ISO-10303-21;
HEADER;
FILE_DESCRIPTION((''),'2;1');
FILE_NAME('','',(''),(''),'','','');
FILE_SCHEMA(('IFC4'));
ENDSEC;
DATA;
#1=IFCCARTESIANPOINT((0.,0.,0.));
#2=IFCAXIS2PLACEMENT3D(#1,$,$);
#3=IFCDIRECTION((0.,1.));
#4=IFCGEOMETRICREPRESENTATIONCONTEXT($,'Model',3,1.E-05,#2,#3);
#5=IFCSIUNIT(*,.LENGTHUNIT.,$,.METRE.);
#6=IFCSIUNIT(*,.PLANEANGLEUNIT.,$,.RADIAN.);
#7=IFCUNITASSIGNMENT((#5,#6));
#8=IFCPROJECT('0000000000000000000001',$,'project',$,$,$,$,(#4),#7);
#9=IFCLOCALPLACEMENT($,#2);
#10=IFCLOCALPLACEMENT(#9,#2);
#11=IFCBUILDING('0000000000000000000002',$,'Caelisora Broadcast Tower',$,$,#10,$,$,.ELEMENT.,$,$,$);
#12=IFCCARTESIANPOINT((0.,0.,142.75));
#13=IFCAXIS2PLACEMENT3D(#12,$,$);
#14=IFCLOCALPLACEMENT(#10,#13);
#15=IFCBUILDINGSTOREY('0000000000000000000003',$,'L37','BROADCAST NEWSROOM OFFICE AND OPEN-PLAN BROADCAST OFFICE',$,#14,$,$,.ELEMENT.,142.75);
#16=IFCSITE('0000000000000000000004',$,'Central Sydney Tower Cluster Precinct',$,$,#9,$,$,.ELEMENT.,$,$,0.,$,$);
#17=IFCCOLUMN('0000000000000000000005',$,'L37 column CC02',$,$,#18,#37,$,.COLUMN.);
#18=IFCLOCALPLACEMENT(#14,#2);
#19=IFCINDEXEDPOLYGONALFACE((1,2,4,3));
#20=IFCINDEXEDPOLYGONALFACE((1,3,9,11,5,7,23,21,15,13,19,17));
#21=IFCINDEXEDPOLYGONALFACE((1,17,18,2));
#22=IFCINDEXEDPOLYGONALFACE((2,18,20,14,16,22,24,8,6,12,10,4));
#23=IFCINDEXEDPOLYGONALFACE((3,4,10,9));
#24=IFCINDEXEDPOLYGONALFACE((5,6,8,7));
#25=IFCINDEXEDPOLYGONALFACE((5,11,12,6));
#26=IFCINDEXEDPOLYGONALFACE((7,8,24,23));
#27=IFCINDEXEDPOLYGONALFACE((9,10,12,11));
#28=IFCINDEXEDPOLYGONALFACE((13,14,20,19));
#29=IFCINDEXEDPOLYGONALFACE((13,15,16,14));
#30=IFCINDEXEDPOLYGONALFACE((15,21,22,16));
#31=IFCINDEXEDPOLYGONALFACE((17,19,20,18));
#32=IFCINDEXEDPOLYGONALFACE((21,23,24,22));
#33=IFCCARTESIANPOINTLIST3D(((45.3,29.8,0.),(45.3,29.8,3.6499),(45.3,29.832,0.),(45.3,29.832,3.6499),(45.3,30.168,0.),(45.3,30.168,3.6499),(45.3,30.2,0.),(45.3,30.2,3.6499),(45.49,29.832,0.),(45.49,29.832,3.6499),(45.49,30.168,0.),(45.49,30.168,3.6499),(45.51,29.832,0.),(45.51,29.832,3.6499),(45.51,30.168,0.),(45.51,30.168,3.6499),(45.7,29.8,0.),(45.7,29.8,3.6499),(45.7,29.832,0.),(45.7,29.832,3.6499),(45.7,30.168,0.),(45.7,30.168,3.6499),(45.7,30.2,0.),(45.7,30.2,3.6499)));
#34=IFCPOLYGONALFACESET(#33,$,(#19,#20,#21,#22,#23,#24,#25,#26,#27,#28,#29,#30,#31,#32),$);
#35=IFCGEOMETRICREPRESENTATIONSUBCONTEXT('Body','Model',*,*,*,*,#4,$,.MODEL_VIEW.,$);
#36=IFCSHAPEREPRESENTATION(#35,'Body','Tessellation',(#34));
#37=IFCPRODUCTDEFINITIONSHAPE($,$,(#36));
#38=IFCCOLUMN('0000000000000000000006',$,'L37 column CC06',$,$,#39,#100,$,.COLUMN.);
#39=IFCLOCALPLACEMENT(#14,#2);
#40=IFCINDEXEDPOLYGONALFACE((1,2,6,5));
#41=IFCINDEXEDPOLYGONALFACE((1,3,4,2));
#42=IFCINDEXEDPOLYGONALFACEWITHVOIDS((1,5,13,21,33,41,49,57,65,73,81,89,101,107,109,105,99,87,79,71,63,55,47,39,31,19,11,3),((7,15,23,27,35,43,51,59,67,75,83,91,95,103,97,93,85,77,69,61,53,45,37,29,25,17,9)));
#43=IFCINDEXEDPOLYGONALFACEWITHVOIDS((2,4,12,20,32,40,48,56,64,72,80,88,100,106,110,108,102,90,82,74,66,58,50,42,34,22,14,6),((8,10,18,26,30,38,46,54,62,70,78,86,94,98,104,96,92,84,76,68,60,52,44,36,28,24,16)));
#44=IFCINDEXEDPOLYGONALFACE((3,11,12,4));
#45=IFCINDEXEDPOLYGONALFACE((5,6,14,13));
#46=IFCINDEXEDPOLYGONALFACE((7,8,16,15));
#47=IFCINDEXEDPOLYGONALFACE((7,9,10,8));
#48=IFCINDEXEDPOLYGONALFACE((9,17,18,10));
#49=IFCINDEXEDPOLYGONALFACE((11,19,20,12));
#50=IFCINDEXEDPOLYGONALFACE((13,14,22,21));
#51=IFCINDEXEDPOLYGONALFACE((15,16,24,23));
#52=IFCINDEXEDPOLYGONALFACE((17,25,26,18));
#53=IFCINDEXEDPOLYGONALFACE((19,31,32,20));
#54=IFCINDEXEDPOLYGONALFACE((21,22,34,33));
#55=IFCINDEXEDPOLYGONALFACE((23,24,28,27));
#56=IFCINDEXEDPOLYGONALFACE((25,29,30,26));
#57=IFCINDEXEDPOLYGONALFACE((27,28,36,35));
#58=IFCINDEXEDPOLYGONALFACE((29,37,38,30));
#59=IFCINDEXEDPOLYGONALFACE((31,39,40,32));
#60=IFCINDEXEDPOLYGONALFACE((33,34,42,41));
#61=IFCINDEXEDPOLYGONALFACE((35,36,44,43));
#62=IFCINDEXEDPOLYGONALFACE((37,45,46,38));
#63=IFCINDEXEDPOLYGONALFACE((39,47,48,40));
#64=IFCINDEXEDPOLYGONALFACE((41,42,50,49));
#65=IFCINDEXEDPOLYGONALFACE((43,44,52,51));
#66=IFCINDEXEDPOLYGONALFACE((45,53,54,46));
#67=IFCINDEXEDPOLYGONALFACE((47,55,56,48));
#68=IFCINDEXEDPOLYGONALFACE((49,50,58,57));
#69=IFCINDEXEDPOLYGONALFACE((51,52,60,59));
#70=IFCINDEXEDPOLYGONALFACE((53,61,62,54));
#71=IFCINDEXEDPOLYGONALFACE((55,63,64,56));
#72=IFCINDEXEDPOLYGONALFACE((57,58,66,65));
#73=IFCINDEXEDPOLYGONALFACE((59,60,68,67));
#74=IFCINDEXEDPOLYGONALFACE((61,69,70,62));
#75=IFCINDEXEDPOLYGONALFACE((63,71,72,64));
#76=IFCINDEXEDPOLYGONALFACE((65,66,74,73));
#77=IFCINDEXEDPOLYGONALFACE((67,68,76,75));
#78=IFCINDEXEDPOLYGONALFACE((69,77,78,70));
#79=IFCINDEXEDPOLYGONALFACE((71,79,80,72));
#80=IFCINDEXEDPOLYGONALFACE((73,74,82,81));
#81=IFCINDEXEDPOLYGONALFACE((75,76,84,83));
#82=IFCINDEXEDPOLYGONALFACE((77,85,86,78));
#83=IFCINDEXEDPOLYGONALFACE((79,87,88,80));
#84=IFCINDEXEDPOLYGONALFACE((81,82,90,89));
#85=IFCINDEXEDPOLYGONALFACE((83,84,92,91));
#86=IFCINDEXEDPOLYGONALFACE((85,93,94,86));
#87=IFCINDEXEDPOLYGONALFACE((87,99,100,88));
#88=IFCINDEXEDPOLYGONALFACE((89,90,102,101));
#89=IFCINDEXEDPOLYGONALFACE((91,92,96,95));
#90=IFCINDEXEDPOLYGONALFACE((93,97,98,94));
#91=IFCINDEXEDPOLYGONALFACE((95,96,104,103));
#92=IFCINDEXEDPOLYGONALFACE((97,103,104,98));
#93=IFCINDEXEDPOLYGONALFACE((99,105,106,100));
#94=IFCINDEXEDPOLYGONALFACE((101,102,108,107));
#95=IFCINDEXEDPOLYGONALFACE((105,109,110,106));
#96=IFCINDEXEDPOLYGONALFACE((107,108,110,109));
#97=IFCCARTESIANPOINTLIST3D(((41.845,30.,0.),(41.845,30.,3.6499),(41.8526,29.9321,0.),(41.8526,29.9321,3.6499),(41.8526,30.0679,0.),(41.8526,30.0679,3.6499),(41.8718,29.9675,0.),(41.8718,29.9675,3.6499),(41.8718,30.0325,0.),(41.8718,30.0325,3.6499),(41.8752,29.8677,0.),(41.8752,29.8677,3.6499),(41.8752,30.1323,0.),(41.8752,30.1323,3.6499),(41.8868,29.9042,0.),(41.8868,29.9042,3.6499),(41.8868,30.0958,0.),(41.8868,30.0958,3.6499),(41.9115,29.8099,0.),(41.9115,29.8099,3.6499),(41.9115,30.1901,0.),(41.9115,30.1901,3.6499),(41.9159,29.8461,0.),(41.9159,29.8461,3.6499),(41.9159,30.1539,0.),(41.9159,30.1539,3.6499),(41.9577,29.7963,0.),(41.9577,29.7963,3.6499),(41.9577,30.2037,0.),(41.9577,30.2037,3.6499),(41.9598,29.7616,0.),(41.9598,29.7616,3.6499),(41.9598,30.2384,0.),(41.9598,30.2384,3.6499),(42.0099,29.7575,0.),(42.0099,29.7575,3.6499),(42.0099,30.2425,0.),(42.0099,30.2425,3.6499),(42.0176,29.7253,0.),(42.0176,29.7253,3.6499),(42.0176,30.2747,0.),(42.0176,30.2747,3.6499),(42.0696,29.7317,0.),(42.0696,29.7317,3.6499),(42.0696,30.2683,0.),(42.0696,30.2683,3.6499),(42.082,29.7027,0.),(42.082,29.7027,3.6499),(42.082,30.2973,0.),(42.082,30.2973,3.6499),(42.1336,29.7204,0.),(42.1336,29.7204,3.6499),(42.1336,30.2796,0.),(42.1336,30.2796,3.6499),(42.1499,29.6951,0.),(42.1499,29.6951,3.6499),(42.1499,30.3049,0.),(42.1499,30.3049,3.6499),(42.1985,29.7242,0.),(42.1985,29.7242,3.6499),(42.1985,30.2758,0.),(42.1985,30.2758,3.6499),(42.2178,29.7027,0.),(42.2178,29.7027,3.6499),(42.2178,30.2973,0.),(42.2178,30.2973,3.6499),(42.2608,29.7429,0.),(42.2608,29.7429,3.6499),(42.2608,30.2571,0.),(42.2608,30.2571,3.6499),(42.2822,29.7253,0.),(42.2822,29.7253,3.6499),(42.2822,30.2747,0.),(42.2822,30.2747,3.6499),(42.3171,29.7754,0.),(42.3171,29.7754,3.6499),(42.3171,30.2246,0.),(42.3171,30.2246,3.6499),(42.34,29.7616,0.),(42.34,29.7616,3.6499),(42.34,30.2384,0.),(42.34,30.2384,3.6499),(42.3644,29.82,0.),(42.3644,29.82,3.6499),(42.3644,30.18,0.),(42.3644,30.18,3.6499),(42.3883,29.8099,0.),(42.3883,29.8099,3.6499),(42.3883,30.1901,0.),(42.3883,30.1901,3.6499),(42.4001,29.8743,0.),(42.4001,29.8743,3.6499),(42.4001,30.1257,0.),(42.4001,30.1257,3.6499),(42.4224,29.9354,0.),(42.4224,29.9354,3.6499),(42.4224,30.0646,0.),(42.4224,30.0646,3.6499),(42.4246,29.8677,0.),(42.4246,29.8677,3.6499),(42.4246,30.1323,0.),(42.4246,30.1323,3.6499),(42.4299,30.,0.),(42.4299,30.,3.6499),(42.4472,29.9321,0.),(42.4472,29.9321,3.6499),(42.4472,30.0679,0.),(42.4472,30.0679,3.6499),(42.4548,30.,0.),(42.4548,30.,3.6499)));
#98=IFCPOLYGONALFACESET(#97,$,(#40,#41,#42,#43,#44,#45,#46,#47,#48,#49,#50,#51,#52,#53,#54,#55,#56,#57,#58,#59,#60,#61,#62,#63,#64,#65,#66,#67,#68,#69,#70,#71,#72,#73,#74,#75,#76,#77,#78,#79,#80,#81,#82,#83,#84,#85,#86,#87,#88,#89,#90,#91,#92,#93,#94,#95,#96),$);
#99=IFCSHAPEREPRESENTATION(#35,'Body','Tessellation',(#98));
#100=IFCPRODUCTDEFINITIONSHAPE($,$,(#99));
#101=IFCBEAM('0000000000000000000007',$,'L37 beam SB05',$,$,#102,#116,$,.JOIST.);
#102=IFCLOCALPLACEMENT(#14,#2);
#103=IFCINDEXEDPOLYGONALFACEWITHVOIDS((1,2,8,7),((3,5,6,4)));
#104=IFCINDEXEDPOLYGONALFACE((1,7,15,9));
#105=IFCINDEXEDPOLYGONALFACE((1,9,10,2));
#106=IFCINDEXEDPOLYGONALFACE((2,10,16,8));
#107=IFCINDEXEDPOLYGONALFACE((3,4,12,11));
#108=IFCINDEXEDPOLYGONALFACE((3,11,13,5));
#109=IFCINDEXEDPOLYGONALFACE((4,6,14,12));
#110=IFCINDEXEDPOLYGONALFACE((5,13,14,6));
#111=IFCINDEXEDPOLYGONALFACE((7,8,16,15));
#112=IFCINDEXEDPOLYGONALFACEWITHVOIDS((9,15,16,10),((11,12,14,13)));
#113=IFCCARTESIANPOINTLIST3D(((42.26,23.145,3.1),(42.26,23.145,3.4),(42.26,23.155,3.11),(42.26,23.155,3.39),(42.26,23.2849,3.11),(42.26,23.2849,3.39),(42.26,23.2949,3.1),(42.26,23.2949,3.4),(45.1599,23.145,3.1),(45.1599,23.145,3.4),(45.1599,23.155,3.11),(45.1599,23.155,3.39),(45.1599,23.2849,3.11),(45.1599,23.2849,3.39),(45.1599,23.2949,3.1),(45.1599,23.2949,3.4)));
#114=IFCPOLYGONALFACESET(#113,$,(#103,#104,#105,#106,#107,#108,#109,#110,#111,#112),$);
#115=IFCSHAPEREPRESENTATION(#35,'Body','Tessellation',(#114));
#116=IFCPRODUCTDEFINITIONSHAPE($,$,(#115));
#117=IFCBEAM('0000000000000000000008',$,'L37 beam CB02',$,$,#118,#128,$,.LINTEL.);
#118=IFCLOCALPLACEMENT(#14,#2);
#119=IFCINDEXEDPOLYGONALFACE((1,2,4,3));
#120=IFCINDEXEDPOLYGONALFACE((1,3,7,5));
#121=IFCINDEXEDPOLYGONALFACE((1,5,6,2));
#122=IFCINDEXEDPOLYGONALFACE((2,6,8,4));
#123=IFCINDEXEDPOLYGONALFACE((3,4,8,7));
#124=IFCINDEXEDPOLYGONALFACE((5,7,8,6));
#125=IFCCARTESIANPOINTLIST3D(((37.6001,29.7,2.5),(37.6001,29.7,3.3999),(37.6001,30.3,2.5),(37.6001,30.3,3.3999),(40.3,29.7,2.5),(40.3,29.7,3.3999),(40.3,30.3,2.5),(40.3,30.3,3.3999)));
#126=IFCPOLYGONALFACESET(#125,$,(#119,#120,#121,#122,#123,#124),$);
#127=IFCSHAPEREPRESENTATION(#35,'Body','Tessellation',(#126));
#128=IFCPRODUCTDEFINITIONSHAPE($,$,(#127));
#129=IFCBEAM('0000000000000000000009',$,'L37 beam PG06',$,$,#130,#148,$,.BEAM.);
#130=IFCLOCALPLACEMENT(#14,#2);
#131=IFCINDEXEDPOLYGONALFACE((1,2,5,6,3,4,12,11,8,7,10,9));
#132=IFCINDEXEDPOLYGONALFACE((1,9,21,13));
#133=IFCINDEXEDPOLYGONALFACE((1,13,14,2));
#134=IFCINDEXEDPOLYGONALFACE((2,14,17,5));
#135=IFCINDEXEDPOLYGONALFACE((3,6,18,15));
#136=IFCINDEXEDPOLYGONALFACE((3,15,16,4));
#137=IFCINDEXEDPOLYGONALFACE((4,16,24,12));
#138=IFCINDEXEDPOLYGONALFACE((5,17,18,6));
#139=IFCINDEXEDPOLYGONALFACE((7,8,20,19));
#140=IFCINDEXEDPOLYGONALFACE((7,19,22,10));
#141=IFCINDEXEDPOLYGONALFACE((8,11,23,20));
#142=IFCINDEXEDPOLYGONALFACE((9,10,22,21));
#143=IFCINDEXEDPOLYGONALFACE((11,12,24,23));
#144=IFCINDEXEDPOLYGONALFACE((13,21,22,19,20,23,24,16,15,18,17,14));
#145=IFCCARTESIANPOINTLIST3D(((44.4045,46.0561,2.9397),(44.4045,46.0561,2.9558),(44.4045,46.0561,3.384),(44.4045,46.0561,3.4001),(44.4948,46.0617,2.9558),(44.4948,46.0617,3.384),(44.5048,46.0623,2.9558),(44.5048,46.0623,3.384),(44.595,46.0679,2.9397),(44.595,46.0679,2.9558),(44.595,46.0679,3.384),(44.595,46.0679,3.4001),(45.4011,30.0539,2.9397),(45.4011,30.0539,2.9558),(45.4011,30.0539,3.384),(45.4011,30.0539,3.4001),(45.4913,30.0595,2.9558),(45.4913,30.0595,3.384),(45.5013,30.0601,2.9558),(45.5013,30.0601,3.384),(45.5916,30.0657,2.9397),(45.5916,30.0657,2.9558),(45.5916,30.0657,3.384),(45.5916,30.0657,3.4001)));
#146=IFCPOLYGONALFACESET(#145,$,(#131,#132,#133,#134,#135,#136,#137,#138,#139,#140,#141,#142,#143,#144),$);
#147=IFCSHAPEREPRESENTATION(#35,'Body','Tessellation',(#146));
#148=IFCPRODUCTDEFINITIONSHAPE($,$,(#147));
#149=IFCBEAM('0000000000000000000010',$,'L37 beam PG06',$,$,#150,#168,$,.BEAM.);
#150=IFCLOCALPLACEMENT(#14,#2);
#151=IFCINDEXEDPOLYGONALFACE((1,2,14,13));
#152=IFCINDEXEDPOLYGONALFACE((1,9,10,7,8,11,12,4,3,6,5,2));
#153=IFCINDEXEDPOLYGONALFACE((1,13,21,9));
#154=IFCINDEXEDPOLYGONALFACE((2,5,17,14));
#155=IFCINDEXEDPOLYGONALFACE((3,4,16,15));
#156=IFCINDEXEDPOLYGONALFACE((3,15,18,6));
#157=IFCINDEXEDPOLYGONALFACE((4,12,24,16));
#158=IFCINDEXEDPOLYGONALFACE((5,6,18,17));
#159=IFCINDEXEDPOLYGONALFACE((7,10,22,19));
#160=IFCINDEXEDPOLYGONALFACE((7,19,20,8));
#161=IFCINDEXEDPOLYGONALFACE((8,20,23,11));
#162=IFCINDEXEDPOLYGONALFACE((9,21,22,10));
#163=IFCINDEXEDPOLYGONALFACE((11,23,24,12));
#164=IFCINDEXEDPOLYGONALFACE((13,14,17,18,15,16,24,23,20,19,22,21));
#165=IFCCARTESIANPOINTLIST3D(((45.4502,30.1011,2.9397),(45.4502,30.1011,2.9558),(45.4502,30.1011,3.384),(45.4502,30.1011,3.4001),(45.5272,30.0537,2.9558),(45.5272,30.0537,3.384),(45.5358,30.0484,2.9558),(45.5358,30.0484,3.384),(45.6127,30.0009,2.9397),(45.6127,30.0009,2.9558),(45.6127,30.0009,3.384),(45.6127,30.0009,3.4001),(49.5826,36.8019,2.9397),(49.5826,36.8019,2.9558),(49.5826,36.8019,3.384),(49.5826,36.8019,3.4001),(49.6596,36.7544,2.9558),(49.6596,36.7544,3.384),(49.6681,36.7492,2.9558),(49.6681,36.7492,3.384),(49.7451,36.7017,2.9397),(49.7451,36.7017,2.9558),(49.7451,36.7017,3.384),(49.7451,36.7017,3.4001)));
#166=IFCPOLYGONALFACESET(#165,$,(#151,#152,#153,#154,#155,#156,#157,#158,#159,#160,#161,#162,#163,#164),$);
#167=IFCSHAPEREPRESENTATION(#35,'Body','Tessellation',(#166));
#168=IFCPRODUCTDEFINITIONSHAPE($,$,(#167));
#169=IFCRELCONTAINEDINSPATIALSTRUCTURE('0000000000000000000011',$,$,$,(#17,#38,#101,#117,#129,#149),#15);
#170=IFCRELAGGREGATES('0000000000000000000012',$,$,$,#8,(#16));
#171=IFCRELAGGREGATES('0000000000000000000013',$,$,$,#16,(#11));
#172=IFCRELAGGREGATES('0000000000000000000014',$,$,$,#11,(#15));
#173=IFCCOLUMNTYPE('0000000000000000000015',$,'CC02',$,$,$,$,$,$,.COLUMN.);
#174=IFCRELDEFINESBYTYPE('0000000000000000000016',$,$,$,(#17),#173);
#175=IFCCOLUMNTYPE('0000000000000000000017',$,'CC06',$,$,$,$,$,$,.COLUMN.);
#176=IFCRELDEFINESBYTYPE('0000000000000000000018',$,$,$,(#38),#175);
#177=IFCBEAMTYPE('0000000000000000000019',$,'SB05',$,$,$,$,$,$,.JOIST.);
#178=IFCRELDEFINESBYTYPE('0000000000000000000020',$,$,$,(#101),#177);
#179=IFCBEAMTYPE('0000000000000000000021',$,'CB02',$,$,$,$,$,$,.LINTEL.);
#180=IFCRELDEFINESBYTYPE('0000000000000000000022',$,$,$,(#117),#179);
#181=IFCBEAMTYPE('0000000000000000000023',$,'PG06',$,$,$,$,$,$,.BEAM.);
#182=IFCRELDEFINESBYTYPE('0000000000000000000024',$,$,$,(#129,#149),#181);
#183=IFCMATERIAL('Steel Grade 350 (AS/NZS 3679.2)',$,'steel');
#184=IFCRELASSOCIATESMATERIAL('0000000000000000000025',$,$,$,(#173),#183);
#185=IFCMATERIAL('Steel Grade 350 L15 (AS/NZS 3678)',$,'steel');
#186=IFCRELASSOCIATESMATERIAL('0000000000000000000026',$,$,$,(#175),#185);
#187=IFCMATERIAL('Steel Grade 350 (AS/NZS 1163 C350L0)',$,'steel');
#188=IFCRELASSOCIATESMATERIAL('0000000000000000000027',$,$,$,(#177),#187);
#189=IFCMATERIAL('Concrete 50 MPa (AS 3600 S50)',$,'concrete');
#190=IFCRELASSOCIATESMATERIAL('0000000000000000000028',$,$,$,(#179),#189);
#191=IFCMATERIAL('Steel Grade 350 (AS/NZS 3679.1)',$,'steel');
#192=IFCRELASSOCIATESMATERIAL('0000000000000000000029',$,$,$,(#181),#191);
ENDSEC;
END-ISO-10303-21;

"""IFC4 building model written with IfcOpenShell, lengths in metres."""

from ifc_helpers import new_model, si_unit, direction, frame, origin, origin_2d, place, context, subcontext, project, spatial, rectangle, hollow_rectangle, hollow_circle, i_section, extrude, source, transform, mapped, material, material_profile, profile_set, type_object, type_shapes, element, save


model = new_model("IFC4")

# Units and contexts
model_context = context("Model", 3, precision=1e-05, world=origin(), true_north=direction((0.0, 1.0)))
body_context = subcontext(model_context, "Body", "Model", "MODEL_VIEW")
ifc_project = project(units=[si_unit("LENGTHUNIT", "METRE"), si_unit("PLANEANGLEUNIT", "RADIAN")], contexts=[model_context])

# Site, building, storey
site_placement = place(None, origin())
site = spatial("IfcSite", under=ifc_project, at=site_placement, Name="Central Sydney Tower Cluster Precinct", CompositionType="ELEMENT", RefElevation=0.0)
building_placement = place(site_placement, origin())
building = spatial("IfcBuilding", under=site, at=building_placement, Name="Caelisora Broadcast Tower", CompositionType="ELEMENT")
storey_placement = place(building_placement, frame((0.0, 0.0, 142.75)))
storey = spatial("IfcBuildingStorey", under=building, at=storey_placement, Name="L37", Description="BROADCAST NEWSROOM OFFICE AND OPEN-PLAN BROADCAST OFFICE", CompositionType="ELEMENT", Elevation=142.75)

# Columns
ifc_material_1 = material(Name="Steel Grade 350 (AS/NZS 3679.2)", Category="steel")
ifc_material_profile_1 = material_profile(ifc_material_1, i_section(OverallWidth=0.3999, OverallDepth=0.3999, WebThickness=0.02, FlangeThickness=0.032, at=origin_2d()), Name="Steel Grade 350 (AS/NZS 3679.2)")
ifc_profile_set_1 = profile_set([ifc_material_profile_1], Name="Steel Grade 350 (AS/NZS 3679.2)")
column_type_1 = type_object("IfcColumnType", Name="CC02", PredefinedType="COLUMN", material=ifc_profile_set_1)
shared_shape_1 = source(origin(), body_context, "Body", "SweptSolid", [
    extrude(i_section(OverallWidth=0.3999, OverallDepth=0.3999, WebThickness=0.02, FlangeThickness=0.032, at=origin_2d()), origin(), (0.0, 0.0, 1.0), 3.6499),
])
type_shapes(column_type_1, [shared_shape_1])
column_1_placement = place(storey_placement, frame((45.5, 30.0, 0.0), z_axis=(0.0, 0.0, 1.0), x_axis=(1.0, 0.0, 0.0)))
element("IfcColumn", 1, at=column_1_placement, inside=storey, type_object=column_type_1, Name="L37 column CC02", PredefinedType="COLUMN", context=body_context, shape_type="MappedRepresentation", body=[
    mapped(shared_shape_1, transform((0.0, 0.0, 0.0), scale=1.0)),
])
ifc_material_2 = material(Name="Steel Grade 350 L15 (AS/NZS 3678)", Category="steel")
ifc_material_profile_2 = material_profile(ifc_material_2, hollow_circle(Radius=0.3049, WallThickness=0.0249, at=origin_2d()), Name="Steel Grade 350 L15 (AS/NZS 3678)")
ifc_profile_set_2 = profile_set([ifc_material_profile_2], Name="Steel Grade 350 L15 (AS/NZS 3678)")
column_type_2 = type_object("IfcColumnType", Name="CC06", PredefinedType="COLUMN", material=ifc_profile_set_2)
shared_shape_2 = source(origin(), body_context, "Body", "SweptSolid", [
    extrude(hollow_circle(Radius=0.3049, WallThickness=0.0249, at=origin_2d()), origin(), (0.0, 0.0, 1.0), 3.6499),
])
type_shapes(column_type_2, [shared_shape_2])
column_2_placement = place(storey_placement, frame((42.1499, 30.0, 0.0), z_axis=(0.0, 0.0, 1.0), x_axis=(1.0, 0.0, 0.0)))
element("IfcColumn", 2, at=column_2_placement, inside=storey, type_object=column_type_2, Name="L37 column CC06", PredefinedType="COLUMN", context=body_context, shape_type="MappedRepresentation", body=[
    mapped(shared_shape_2, transform((0.0, 0.0, 0.0), scale=1.0)),
])

# Beams
ifc_material_3 = material(Name="Steel Grade 350 (AS/NZS 1163 C350L0)", Category="steel")
ifc_material_profile_3 = material_profile(ifc_material_3, hollow_rectangle(XDim=0.1499, YDim=0.3, WallThickness=0.01, at=origin_2d()), Name="Steel Grade 350 (AS/NZS 1163 C350L0)")
ifc_profile_set_3 = profile_set([ifc_material_profile_3], Name="Steel Grade 350 (AS/NZS 1163 C350L0)")
beam_type_1 = type_object("IfcBeamType", Name="SB05", PredefinedType="JOIST", material=ifc_profile_set_3)
shared_shape_3 = source(origin(), body_context, "Body", "SweptSolid", [
    extrude(hollow_rectangle(XDim=0.1499, YDim=0.3, WallThickness=0.01, at=origin_2d()), origin(), (0.0, 0.0, 1.0), 2.8999),
])
type_shapes(beam_type_1, [shared_shape_3])
beam_1_placement = place(storey_placement, frame((42.26, 23.22, 3.25), z_axis=(1.0, 0.0, 0.0), x_axis=(0.0, 1.0, 0.0)))
element("IfcBeam", 3, at=beam_1_placement, inside=storey, type_object=beam_type_1, Name="L37 beam SB05", PredefinedType="JOIST", context=body_context, shape_type="MappedRepresentation", body=[
    mapped(shared_shape_3, transform((0.0, 0.0, 0.0), scale=1.0)),
])
ifc_material_4 = material(Name="Concrete 50 MPa (AS 3600 S50)", Category="concrete")
ifc_material_profile_4 = material_profile(ifc_material_4, rectangle(XDim=0.6001, YDim=0.8999, at=origin_2d()), Name="Concrete 50 MPa (AS 3600 S50)")
ifc_profile_set_4 = profile_set([ifc_material_profile_4], Name="Concrete 50 MPa (AS 3600 S50)")
beam_type_2 = type_object("IfcBeamType", Name="CB02", PredefinedType="LINTEL", material=ifc_profile_set_4)
shared_shape_4 = source(origin(), body_context, "Body", "SweptSolid", [
    extrude(rectangle(XDim=0.6001, YDim=0.8999, at=origin_2d()), origin(), (0.0, 0.0, 1.0), 2.7),
])
type_shapes(beam_type_2, [shared_shape_4])
beam_2_placement = place(storey_placement, frame((37.6001, 30.0, 2.95), z_axis=(1.0, 0.0, 0.0), x_axis=(0.0, 1.0, 0.0)))
element("IfcBeam", 4, at=beam_2_placement, inside=storey, type_object=beam_type_2, Name="L37 beam CB02", PredefinedType="LINTEL", context=body_context, shape_type="MappedRepresentation", body=[
    mapped(shared_shape_4, transform((0.0, 0.0, 0.0), scale=1.0)),
])
ifc_material_5 = material(Name="Steel Grade 350 (AS/NZS 3679.1)", Category="steel")
ifc_material_profile_5 = material_profile(ifc_material_5, i_section(OverallWidth=0.1909, OverallDepth=0.4604, WebThickness=0.01, FlangeThickness=0.0161, at=origin_2d()), Name="Steel Grade 350 (AS/NZS 3679.1)")
ifc_profile_set_5 = profile_set([ifc_material_profile_5], Name="Steel Grade 350 (AS/NZS 3679.1)")
beam_type_3 = type_object("IfcBeamType", Name="PG06", PredefinedType="BEAM", material=ifc_profile_set_5)
shared_shape_5 = source(origin(), body_context, "Body", "SweptSolid", [
    extrude(i_section(OverallWidth=0.1909, OverallDepth=0.4604, WebThickness=0.01, FlangeThickness=0.0161, at=origin_2d()), origin(), (0.0, 0.0, 1.0), 16.0332),
])
beam_3_placement = place(storey_placement, frame((45.4963, 30.0598, 3.1699), z_axis=(-0.062157, 0.998066, 0.0), x_axis=(-0.998066, -0.062157, 0.0)))
element("IfcBeam", 5, at=beam_3_placement, inside=storey, type_object=beam_type_3, Name="L37 beam PG06", PredefinedType="BEAM", context=body_context, shape_type="MappedRepresentation", body=[
    mapped(shared_shape_5, transform((0.0, 0.0, 0.0), scale=1.0)),
])
shared_shape_6 = source(origin(), body_context, "Body", "SweptSolid", [
    extrude(i_section(OverallWidth=0.1909, OverallDepth=0.4604, WebThickness=0.01, FlangeThickness=0.0161, at=origin_2d()), origin(), (0.0, 0.0, 1.0), 7.8726),
])
beam_4_placement = place(storey_placement, frame((45.5315, 30.051, 3.1699), z_axis=(0.52491, 0.851157, 0.0), x_axis=(-0.851157, 0.52491, 0.0)))
element("IfcBeam", 6, at=beam_4_placement, inside=storey, type_object=beam_type_3, Name="L37 beam PG06", PredefinedType="BEAM", context=body_context, shape_type="MappedRepresentation", body=[
    mapped(shared_shape_6, transform((0.0, 0.0, 0.0), scale=1.0)),
])

save(model, "model.ifc")
